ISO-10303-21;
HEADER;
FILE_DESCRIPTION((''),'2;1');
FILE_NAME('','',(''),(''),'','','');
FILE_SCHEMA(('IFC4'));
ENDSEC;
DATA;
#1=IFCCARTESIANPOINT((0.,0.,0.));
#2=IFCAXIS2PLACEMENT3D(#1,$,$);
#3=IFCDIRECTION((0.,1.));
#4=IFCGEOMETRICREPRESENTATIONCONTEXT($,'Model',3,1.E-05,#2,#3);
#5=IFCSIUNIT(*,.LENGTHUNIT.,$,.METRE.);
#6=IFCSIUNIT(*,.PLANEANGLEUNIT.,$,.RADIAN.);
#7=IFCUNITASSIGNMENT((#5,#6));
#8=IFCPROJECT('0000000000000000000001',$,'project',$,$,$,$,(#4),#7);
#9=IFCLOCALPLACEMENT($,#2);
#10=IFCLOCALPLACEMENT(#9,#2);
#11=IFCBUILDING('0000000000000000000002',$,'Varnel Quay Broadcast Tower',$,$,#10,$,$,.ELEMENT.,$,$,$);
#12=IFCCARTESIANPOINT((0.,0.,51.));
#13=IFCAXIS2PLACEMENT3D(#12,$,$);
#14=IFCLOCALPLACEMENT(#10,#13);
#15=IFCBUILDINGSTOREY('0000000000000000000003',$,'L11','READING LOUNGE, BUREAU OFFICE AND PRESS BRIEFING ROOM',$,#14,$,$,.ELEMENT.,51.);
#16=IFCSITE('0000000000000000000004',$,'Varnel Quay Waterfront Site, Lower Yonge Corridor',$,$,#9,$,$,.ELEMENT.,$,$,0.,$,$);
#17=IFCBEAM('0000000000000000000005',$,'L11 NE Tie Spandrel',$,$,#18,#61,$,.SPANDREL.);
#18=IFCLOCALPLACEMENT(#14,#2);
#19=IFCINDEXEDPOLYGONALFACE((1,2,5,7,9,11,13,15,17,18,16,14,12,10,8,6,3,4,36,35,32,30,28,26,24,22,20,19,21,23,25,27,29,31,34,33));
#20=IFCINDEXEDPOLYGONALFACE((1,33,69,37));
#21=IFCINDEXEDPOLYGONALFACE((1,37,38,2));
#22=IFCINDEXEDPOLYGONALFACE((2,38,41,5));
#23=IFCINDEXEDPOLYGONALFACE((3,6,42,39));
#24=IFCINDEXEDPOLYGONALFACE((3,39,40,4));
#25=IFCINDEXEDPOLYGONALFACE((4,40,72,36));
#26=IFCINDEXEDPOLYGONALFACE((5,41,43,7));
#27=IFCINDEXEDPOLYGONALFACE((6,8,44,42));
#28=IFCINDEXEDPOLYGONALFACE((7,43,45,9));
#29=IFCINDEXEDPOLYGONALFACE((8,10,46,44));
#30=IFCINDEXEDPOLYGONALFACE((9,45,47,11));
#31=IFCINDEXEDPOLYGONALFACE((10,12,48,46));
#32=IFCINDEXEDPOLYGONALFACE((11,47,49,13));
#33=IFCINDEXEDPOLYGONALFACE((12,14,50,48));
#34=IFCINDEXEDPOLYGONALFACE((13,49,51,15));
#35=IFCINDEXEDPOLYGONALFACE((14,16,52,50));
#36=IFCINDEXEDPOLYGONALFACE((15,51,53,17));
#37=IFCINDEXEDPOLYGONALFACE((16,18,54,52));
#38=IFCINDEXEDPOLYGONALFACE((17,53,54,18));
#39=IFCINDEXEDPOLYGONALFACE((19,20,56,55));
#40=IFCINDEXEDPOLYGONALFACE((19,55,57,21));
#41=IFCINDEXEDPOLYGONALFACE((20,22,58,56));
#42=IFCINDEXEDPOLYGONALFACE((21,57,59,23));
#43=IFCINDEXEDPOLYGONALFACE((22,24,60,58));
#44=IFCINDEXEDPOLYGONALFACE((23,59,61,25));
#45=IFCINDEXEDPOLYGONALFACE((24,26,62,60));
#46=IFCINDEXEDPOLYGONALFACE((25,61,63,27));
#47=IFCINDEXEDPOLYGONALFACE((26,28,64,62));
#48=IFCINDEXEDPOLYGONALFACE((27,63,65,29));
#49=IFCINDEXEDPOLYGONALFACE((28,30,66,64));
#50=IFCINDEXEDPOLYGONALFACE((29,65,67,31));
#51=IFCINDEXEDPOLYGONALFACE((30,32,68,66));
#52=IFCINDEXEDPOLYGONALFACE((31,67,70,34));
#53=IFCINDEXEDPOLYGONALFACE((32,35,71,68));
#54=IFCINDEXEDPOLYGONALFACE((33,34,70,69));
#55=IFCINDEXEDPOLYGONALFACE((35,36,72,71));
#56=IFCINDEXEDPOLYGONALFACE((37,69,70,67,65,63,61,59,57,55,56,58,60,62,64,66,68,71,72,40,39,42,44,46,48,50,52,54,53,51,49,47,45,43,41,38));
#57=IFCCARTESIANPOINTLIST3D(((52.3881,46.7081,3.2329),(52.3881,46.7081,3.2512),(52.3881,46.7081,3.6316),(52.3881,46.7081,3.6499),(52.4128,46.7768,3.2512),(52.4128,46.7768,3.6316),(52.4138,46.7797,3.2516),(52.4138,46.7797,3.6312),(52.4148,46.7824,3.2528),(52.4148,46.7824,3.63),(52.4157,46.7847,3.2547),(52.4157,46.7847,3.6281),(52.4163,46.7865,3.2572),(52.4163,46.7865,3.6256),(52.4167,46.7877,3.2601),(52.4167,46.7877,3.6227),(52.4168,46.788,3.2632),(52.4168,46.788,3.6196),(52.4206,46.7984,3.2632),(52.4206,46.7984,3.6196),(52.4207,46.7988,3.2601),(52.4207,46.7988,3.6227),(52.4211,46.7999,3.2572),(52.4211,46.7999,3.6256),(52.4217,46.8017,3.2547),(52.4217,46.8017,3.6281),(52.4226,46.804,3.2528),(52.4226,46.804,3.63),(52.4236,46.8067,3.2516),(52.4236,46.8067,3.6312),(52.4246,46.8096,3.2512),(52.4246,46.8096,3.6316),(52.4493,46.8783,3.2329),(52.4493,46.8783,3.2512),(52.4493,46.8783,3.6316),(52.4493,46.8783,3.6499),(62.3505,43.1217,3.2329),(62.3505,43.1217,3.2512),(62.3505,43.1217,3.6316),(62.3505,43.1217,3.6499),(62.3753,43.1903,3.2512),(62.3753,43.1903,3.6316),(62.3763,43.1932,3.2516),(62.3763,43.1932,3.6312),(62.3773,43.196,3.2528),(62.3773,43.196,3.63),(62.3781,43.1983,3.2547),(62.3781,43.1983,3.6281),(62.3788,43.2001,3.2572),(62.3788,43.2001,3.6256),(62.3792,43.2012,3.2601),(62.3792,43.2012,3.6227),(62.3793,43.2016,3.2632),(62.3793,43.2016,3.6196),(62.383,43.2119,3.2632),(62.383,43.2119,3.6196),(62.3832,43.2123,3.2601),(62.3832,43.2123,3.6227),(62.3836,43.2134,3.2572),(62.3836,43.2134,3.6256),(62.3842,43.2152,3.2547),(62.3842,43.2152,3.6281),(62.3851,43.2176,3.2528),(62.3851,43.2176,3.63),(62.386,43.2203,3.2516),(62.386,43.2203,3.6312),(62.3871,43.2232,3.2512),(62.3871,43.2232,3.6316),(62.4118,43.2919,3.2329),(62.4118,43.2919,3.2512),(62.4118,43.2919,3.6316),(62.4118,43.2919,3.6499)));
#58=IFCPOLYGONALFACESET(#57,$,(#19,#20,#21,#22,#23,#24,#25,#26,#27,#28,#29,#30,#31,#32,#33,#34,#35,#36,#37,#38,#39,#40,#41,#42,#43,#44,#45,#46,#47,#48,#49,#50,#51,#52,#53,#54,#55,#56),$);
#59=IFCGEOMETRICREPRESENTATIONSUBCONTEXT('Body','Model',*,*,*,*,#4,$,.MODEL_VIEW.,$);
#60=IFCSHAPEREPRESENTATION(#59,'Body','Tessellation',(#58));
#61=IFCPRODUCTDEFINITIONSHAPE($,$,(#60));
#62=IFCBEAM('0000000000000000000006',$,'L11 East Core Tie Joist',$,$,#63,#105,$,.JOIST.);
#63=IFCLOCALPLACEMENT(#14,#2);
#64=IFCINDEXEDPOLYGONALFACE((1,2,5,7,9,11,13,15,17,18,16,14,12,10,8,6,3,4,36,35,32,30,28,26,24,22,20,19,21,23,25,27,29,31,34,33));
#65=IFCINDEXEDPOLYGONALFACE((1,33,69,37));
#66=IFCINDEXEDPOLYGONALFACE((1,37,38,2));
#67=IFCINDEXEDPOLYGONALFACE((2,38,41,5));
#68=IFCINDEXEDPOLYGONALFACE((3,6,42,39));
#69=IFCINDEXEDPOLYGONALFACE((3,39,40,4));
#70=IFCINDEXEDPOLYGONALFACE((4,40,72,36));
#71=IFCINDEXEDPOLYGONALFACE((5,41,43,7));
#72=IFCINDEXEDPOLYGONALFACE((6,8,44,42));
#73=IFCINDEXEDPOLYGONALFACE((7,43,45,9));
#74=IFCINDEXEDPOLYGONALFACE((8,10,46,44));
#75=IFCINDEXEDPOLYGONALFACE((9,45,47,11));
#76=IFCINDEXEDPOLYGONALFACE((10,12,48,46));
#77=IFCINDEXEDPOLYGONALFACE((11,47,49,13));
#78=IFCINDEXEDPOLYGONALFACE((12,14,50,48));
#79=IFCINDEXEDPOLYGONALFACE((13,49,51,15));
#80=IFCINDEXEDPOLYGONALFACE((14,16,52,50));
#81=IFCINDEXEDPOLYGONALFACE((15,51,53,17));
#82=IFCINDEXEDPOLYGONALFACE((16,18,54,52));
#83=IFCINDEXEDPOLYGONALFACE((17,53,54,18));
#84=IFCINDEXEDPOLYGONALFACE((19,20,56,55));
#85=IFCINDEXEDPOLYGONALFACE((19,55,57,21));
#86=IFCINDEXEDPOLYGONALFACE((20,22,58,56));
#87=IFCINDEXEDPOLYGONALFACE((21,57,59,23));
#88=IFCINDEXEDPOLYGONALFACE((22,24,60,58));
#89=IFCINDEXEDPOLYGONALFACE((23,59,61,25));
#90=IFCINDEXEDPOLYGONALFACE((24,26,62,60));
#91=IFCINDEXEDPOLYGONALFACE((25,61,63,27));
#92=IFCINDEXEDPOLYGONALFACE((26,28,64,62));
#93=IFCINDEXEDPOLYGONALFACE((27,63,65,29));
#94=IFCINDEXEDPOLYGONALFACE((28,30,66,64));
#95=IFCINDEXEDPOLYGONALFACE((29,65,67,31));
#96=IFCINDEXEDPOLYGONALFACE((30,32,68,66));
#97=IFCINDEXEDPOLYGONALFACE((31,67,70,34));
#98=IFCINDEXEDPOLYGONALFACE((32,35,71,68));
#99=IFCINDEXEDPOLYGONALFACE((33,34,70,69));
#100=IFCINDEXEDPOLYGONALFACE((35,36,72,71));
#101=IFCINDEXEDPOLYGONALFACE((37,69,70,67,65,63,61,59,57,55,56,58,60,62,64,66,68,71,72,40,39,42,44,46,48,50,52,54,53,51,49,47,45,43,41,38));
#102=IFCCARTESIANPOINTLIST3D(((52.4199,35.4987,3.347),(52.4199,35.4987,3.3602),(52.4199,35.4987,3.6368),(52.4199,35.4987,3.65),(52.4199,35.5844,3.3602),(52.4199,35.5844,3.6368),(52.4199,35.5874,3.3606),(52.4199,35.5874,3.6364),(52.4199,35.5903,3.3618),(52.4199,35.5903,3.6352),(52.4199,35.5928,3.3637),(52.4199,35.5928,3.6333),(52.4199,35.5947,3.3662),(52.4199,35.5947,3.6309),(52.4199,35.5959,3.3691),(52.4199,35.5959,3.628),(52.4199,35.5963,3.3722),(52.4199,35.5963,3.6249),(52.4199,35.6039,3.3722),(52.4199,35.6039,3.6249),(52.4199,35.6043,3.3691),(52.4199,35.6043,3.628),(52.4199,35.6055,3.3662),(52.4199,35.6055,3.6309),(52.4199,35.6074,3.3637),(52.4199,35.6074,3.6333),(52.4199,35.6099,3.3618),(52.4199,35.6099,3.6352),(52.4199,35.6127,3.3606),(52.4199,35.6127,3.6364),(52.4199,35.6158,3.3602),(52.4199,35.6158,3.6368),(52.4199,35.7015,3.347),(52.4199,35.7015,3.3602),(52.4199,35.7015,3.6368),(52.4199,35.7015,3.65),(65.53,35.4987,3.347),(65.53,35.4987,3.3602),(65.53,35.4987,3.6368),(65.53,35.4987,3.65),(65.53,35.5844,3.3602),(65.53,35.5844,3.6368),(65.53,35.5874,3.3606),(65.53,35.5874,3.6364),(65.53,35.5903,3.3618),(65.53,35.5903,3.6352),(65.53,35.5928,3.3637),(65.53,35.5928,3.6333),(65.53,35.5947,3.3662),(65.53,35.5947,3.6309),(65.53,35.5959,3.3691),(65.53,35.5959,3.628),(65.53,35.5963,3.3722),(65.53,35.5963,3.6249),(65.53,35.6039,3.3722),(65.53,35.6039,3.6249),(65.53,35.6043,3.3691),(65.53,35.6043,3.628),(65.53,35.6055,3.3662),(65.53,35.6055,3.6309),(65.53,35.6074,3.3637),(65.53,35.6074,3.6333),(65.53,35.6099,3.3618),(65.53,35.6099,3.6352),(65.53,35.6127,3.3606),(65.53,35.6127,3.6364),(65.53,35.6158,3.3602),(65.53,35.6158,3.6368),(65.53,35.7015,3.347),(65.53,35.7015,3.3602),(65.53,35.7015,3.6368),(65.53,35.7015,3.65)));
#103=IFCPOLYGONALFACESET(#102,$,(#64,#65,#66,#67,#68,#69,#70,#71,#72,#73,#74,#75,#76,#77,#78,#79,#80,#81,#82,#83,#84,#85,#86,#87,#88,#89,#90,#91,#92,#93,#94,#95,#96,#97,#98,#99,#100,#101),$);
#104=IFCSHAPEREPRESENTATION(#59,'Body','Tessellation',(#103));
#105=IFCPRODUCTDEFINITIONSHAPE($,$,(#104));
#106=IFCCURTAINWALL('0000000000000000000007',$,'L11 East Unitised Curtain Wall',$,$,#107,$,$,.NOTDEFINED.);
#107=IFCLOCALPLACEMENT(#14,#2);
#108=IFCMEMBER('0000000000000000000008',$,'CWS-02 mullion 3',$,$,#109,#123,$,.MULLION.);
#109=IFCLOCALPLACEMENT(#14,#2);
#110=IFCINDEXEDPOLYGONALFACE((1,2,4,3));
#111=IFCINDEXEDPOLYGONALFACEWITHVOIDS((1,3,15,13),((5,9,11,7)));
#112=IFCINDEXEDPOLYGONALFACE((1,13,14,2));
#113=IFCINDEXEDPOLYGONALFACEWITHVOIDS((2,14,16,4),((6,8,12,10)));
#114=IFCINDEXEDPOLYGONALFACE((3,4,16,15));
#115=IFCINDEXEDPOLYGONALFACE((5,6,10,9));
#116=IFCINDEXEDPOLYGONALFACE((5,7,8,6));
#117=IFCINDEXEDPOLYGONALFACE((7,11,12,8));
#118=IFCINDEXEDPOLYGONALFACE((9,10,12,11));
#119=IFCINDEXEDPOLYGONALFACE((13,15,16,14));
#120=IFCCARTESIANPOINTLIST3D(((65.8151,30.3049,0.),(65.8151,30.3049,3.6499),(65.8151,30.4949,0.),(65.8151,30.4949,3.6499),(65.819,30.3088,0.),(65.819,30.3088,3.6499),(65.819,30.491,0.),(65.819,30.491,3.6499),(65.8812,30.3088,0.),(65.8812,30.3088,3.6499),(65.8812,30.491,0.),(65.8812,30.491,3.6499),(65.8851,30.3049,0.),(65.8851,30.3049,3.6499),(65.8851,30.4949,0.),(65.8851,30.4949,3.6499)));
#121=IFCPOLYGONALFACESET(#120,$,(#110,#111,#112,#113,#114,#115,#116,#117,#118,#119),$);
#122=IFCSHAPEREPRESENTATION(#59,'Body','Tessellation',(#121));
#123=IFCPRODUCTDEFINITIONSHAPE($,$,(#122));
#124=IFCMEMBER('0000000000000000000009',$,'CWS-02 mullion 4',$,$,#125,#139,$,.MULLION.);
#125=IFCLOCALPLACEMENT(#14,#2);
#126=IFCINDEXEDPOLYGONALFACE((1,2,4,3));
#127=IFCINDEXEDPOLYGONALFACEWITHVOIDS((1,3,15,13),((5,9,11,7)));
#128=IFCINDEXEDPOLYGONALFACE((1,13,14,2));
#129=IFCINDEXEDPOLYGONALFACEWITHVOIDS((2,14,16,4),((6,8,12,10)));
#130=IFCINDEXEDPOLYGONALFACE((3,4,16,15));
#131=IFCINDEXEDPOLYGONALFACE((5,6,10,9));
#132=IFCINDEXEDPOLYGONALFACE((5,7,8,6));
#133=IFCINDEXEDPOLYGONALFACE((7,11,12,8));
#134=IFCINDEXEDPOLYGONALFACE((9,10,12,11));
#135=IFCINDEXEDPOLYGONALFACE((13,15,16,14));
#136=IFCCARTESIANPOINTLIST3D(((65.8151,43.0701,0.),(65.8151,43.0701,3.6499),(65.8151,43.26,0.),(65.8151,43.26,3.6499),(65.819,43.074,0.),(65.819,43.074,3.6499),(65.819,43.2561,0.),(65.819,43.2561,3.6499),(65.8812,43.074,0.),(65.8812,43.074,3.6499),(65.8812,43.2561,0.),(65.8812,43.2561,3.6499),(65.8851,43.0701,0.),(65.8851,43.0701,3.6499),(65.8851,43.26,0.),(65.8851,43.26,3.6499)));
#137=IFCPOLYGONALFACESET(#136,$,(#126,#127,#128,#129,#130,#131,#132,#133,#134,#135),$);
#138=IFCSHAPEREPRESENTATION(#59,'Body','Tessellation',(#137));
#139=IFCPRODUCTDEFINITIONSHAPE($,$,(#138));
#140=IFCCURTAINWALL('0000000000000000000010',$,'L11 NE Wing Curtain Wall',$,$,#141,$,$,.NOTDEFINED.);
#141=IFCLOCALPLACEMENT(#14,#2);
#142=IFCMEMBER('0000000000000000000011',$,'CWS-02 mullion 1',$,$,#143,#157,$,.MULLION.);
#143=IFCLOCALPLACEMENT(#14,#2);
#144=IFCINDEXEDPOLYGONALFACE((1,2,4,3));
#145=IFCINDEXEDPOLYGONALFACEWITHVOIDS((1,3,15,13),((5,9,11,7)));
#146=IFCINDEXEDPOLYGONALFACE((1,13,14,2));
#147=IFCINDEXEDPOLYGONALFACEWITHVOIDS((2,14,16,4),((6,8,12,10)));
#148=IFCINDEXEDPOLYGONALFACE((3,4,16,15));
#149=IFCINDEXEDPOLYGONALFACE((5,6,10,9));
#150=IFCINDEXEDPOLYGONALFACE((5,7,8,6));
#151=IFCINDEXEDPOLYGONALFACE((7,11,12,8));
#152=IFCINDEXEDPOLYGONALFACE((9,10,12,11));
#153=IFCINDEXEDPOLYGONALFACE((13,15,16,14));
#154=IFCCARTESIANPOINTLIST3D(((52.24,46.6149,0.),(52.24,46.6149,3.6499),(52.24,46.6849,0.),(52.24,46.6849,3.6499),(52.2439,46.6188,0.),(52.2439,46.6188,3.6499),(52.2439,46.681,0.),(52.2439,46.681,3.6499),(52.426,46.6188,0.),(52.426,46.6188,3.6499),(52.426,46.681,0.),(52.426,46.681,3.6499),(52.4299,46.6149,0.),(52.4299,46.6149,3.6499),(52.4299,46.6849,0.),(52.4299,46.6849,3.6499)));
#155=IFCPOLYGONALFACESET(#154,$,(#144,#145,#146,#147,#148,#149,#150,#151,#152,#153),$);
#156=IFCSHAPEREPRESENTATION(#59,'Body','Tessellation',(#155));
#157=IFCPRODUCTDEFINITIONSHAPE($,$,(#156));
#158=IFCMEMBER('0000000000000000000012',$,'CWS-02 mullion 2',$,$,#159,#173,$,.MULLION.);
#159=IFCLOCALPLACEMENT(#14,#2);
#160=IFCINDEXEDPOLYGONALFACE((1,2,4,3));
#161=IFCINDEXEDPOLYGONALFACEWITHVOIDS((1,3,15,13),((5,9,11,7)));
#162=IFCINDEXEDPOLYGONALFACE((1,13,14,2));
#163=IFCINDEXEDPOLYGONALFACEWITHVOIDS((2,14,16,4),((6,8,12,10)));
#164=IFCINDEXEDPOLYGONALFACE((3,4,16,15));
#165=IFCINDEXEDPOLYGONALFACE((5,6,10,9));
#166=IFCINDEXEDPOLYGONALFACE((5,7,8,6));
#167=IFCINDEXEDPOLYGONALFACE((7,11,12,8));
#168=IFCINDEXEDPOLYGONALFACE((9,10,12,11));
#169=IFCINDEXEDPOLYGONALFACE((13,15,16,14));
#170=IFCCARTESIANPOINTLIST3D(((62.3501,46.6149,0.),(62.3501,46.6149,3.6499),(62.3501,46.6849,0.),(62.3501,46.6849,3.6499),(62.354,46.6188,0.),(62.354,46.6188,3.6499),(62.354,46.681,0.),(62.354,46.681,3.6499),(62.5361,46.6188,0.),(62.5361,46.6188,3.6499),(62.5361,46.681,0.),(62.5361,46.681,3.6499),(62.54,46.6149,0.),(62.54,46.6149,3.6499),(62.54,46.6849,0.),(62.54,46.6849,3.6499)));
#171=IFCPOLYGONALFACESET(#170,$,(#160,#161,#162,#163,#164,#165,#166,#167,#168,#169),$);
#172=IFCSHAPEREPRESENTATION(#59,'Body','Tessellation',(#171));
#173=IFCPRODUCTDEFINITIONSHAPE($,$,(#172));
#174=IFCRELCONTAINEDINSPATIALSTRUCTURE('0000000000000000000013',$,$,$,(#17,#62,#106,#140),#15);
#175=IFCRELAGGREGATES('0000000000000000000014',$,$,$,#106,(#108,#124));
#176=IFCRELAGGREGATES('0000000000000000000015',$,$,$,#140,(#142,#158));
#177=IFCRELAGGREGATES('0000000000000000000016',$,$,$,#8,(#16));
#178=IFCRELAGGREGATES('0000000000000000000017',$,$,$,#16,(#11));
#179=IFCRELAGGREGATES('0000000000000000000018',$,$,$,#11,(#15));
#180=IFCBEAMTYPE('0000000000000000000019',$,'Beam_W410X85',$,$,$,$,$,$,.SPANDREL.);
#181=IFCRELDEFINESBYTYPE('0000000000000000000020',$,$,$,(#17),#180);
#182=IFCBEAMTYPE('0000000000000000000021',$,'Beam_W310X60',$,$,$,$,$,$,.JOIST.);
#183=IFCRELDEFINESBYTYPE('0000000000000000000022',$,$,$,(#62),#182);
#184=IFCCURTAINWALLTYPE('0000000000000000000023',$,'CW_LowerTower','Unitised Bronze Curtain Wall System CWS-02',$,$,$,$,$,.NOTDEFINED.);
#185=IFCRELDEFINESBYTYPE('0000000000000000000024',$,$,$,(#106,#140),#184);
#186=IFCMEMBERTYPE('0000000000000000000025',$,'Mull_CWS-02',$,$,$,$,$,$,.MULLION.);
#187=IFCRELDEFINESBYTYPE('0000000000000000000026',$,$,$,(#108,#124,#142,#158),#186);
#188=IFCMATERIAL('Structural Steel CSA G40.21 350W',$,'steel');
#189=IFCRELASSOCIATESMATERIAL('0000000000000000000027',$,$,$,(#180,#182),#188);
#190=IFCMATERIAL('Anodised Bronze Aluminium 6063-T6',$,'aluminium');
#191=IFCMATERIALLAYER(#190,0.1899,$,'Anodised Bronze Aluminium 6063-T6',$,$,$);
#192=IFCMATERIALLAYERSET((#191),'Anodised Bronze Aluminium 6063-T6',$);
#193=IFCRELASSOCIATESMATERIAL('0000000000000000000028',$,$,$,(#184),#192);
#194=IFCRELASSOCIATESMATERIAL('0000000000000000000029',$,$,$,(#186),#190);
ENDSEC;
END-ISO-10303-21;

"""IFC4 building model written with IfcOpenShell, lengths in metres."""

from ifc_helpers import new_model, si_unit, direction, frame, origin, origin_2d, place, context, subcontext, project, spatial, hollow_rectangle, i_section, extrude, source, transform, mapped, material, layer, layer_set, material_profile, profile_set, type_object, type_shapes, element, aggregate, save


model = new_model("IFC4")

# Units and contexts
model_context = context("Model", 3, precision=1e-05, world=origin(), true_north=direction((0.0, 1.0)))
body_context = subcontext(model_context, "Body", "Model", "MODEL_VIEW")
ifc_project = project(units=[si_unit("LENGTHUNIT", "METRE"), si_unit("PLANEANGLEUNIT", "RADIAN")], contexts=[model_context])

# Site, building, storey
site_placement = place(None, origin())
site = spatial("IfcSite", under=ifc_project, at=site_placement, Name="Varnel Quay Waterfront Site, Lower Yonge Corridor", CompositionType="ELEMENT", RefElevation=0.0)
building_placement = place(site_placement, origin())
building = spatial("IfcBuilding", under=site, at=building_placement, Name="Varnel Quay Broadcast Tower", CompositionType="ELEMENT")
storey_placement = place(building_placement, frame((0.0, 0.0, 51.0)))
storey = spatial("IfcBuildingStorey", under=building, at=storey_placement, Name="L11", Description="READING LOUNGE, BUREAU OFFICE AND PRESS BRIEFING ROOM", CompositionType="ELEMENT", Elevation=51.0)

# Shared definitions
ifc_material_1 = material(Name="Structural Steel CSA G40.21 350W", Category="steel")

# Beams
ifc_material_profile_1 = material_profile(ifc_material_1, i_section(OverallWidth=0.1809, OverallDepth=0.417, WebThickness=0.011, FlangeThickness=0.0183, FilletRadius=0.012, at=origin_2d()), Name="W410X85")
ifc_profile_set_1 = profile_set([ifc_material_profile_1], Name="Structural Steel CSA G40.21 350W")
beam_type_1 = type_object("IfcBeamType", Name="Beam_W410X85", PredefinedType="SPANDREL", material=ifc_profile_set_1)
shared_shape_1 = source(origin(), body_context, "Body", "SweptSolid", [
    extrude(i_section(OverallWidth=0.1809, OverallDepth=0.417, WebThickness=0.011, FlangeThickness=0.0183, FilletRadius=0.012, at=origin_2d()), origin(), (0.0, 0.0, 1.0), 10.5884),
])
beam_1_placement = place(storey_placement, frame((52.4187, 46.7932, 3.4414), z_axis=(0.940889, -0.338716, 0.0), x_axis=(0.338716, 0.940889, 0.0)))
element("IfcBeam", 1, at=beam_1_placement, inside=storey, type_object=beam_type_1, Name="L11 NE Tie Spandrel", PredefinedType="SPANDREL", context=body_context, shape_type="MappedRepresentation", body=[
    mapped(shared_shape_1, transform((0.0, 0.0, 0.0), x_axis=(1.0, 0.0, 0.0), y_axis=(0.0, 1.0, 0.0), z_axis=(0.0, 0.0, 1.0), scale=1.0)),
])
ifc_material_profile_2 = material_profile(ifc_material_1, i_section(OverallWidth=0.2029, OverallDepth=0.303, WebThickness=0.0076, FlangeThickness=0.0132, FilletRadius=0.012, at=origin_2d()), Name="W310X60")
ifc_profile_set_2 = profile_set([ifc_material_profile_2], Name="Structural Steel CSA G40.21 350W")
beam_type_2 = type_object("IfcBeamType", Name="Beam_W310X60", PredefinedType="JOIST", material=ifc_profile_set_2)
shared_shape_2 = source(origin(), body_context, "Body", "SweptSolid", [
    extrude(i_section(OverallWidth=0.2029, OverallDepth=0.303, WebThickness=0.0076, FlangeThickness=0.0132, FilletRadius=0.012, at=origin_2d()), origin(), (0.0, 0.0, 1.0), 13.1101),
])
type_shapes(beam_type_2, [shared_shape_2])
beam_2_placement = place(storey_placement, frame((52.4199, 35.6001, 3.4985), z_axis=(1.0, 0.0, 0.0), x_axis=(0.0, 1.0, 0.0)))
element("IfcBeam", 2, at=beam_2_placement, inside=storey, type_object=beam_type_2, Name="L11 East Core Tie Joist", PredefinedType="JOIST", context=body_context, shape_type="MappedRepresentation", body=[
    mapped(shared_shape_2, transform((0.0, 0.0, 0.0), x_axis=(1.0, 0.0, 0.0), y_axis=(0.0, 1.0, 0.0), z_axis=(0.0, 0.0, 1.0), scale=1.0)),
])

# Curtain walls, members
ifc_material_2 = material(Name="Anodised Bronze Aluminium 6063-T6", Category="aluminium")
ifc_layer_1 = layer(ifc_material_2, 0.1899, Name="Anodised Bronze Aluminium 6063-T6")
ifc_layer_set_1 = layer_set([ifc_layer_1], Name="Anodised Bronze Aluminium 6063-T6")
curtain_wall_type = type_object("IfcCurtainWallType", Name="CW_LowerTower", Description="Unitised Bronze Curtain Wall System CWS-02", PredefinedType="NOTDEFINED", material=ifc_layer_set_1)
curtain_wall_1_placement = place(storey_placement, origin())
curtain_wall_1 = element("IfcCurtainWall", 3, at=curtain_wall_1_placement, inside=storey, type_object=curtain_wall_type, Name="L11 East Unitised Curtain Wall", PredefinedType="NOTDEFINED")
ifc_material_profile_3 = material_profile(ifc_material_2, hollow_rectangle(XDim=0.0701, YDim=0.1899, WallThickness=0.0039, at=origin_2d()), Name="ALU70X190X4")
ifc_profile_set_3 = profile_set([ifc_material_profile_3], Name="Anodised Bronze Aluminium 6063-T6")
member_type_1 = type_object("IfcMemberType", Name="Mull_CWS-02", PredefinedType="MULLION", material=ifc_profile_set_3)
shared_shape_3 = source(origin(), body_context, "Body", "SweptSolid", [
    extrude(hollow_rectangle(XDim=0.0701, YDim=0.1899, WallThickness=0.0039, at=origin_2d()), origin(), (0.0, 0.0, 1.0), 3.6499),
])
type_shapes(member_type_1, [shared_shape_3])
member_1_placement = place(storey_placement, frame((65.8501, 30.3999, 0.0), z_axis=(0.0, 0.0, 1.0), x_axis=(-1.0, 0.0, 0.0)))
member_1 = element("IfcMember", 4, at=member_1_placement, type_object=member_type_1, Name="CWS-02 mullion 3", PredefinedType="MULLION", context=body_context, shape_type="MappedRepresentation", body=[
    mapped(shared_shape_3, transform((0.0, 0.0, 0.0), x_axis=(1.0, 0.0, 0.0), y_axis=(0.0, 1.0, 0.0), z_axis=(0.0, 0.0, 1.0), scale=1.0)),
])
member_2_placement = place(storey_placement, frame((65.8501, 43.165, 0.0), z_axis=(0.0, 0.0, 1.0), x_axis=(-1.0, 0.0, 0.0)))
member_2 = element("IfcMember", 5, at=member_2_placement, type_object=member_type_1, Name="CWS-02 mullion 4", PredefinedType="MULLION", context=body_context, shape_type="MappedRepresentation", body=[
    mapped(shared_shape_3, transform((0.0, 0.0, 0.0), x_axis=(1.0, 0.0, 0.0), y_axis=(0.0, 1.0, 0.0), z_axis=(0.0, 0.0, 1.0), scale=1.0)),
])
curtain_wall_2_placement = place(storey_placement, origin())
curtain_wall_2 = element("IfcCurtainWall", 6, at=curtain_wall_2_placement, inside=storey, type_object=curtain_wall_type, Name="L11 NE Wing Curtain Wall", PredefinedType="NOTDEFINED")
member_3_placement = place(storey_placement, frame((52.335, 46.6499, 0.0), z_axis=(0.0, 0.0, 1.0), x_axis=(0.0, 1.0, 0.0)))
member_3 = element("IfcMember", 7, at=member_3_placement, type_object=member_type_1, Name="CWS-02 mullion 1", PredefinedType="MULLION", context=body_context, shape_type="MappedRepresentation", body=[
    mapped(shared_shape_3, transform((0.0, 0.0, 0.0), x_axis=(1.0, 0.0, 0.0), y_axis=(0.0, 1.0, 0.0), z_axis=(0.0, 0.0, 1.0), scale=1.0)),
])
member_4_placement = place(storey_placement, frame((62.4451, 46.6499, 0.0), z_axis=(0.0, 0.0, 1.0), x_axis=(0.0, 1.0, 0.0)))
member_4 = element("IfcMember", 8, at=member_4_placement, type_object=member_type_1, Name="CWS-02 mullion 2", PredefinedType="MULLION", context=body_context, shape_type="MappedRepresentation", body=[
    mapped(shared_shape_3, transform((0.0, 0.0, 0.0), x_axis=(1.0, 0.0, 0.0), y_axis=(0.0, 1.0, 0.0), z_axis=(0.0, 0.0, 1.0), scale=1.0)),
])

aggregate(curtain_wall_1, [member_1, member_2])
aggregate(curtain_wall_2, [member_3, member_4])

save(model, "model.ifc")
